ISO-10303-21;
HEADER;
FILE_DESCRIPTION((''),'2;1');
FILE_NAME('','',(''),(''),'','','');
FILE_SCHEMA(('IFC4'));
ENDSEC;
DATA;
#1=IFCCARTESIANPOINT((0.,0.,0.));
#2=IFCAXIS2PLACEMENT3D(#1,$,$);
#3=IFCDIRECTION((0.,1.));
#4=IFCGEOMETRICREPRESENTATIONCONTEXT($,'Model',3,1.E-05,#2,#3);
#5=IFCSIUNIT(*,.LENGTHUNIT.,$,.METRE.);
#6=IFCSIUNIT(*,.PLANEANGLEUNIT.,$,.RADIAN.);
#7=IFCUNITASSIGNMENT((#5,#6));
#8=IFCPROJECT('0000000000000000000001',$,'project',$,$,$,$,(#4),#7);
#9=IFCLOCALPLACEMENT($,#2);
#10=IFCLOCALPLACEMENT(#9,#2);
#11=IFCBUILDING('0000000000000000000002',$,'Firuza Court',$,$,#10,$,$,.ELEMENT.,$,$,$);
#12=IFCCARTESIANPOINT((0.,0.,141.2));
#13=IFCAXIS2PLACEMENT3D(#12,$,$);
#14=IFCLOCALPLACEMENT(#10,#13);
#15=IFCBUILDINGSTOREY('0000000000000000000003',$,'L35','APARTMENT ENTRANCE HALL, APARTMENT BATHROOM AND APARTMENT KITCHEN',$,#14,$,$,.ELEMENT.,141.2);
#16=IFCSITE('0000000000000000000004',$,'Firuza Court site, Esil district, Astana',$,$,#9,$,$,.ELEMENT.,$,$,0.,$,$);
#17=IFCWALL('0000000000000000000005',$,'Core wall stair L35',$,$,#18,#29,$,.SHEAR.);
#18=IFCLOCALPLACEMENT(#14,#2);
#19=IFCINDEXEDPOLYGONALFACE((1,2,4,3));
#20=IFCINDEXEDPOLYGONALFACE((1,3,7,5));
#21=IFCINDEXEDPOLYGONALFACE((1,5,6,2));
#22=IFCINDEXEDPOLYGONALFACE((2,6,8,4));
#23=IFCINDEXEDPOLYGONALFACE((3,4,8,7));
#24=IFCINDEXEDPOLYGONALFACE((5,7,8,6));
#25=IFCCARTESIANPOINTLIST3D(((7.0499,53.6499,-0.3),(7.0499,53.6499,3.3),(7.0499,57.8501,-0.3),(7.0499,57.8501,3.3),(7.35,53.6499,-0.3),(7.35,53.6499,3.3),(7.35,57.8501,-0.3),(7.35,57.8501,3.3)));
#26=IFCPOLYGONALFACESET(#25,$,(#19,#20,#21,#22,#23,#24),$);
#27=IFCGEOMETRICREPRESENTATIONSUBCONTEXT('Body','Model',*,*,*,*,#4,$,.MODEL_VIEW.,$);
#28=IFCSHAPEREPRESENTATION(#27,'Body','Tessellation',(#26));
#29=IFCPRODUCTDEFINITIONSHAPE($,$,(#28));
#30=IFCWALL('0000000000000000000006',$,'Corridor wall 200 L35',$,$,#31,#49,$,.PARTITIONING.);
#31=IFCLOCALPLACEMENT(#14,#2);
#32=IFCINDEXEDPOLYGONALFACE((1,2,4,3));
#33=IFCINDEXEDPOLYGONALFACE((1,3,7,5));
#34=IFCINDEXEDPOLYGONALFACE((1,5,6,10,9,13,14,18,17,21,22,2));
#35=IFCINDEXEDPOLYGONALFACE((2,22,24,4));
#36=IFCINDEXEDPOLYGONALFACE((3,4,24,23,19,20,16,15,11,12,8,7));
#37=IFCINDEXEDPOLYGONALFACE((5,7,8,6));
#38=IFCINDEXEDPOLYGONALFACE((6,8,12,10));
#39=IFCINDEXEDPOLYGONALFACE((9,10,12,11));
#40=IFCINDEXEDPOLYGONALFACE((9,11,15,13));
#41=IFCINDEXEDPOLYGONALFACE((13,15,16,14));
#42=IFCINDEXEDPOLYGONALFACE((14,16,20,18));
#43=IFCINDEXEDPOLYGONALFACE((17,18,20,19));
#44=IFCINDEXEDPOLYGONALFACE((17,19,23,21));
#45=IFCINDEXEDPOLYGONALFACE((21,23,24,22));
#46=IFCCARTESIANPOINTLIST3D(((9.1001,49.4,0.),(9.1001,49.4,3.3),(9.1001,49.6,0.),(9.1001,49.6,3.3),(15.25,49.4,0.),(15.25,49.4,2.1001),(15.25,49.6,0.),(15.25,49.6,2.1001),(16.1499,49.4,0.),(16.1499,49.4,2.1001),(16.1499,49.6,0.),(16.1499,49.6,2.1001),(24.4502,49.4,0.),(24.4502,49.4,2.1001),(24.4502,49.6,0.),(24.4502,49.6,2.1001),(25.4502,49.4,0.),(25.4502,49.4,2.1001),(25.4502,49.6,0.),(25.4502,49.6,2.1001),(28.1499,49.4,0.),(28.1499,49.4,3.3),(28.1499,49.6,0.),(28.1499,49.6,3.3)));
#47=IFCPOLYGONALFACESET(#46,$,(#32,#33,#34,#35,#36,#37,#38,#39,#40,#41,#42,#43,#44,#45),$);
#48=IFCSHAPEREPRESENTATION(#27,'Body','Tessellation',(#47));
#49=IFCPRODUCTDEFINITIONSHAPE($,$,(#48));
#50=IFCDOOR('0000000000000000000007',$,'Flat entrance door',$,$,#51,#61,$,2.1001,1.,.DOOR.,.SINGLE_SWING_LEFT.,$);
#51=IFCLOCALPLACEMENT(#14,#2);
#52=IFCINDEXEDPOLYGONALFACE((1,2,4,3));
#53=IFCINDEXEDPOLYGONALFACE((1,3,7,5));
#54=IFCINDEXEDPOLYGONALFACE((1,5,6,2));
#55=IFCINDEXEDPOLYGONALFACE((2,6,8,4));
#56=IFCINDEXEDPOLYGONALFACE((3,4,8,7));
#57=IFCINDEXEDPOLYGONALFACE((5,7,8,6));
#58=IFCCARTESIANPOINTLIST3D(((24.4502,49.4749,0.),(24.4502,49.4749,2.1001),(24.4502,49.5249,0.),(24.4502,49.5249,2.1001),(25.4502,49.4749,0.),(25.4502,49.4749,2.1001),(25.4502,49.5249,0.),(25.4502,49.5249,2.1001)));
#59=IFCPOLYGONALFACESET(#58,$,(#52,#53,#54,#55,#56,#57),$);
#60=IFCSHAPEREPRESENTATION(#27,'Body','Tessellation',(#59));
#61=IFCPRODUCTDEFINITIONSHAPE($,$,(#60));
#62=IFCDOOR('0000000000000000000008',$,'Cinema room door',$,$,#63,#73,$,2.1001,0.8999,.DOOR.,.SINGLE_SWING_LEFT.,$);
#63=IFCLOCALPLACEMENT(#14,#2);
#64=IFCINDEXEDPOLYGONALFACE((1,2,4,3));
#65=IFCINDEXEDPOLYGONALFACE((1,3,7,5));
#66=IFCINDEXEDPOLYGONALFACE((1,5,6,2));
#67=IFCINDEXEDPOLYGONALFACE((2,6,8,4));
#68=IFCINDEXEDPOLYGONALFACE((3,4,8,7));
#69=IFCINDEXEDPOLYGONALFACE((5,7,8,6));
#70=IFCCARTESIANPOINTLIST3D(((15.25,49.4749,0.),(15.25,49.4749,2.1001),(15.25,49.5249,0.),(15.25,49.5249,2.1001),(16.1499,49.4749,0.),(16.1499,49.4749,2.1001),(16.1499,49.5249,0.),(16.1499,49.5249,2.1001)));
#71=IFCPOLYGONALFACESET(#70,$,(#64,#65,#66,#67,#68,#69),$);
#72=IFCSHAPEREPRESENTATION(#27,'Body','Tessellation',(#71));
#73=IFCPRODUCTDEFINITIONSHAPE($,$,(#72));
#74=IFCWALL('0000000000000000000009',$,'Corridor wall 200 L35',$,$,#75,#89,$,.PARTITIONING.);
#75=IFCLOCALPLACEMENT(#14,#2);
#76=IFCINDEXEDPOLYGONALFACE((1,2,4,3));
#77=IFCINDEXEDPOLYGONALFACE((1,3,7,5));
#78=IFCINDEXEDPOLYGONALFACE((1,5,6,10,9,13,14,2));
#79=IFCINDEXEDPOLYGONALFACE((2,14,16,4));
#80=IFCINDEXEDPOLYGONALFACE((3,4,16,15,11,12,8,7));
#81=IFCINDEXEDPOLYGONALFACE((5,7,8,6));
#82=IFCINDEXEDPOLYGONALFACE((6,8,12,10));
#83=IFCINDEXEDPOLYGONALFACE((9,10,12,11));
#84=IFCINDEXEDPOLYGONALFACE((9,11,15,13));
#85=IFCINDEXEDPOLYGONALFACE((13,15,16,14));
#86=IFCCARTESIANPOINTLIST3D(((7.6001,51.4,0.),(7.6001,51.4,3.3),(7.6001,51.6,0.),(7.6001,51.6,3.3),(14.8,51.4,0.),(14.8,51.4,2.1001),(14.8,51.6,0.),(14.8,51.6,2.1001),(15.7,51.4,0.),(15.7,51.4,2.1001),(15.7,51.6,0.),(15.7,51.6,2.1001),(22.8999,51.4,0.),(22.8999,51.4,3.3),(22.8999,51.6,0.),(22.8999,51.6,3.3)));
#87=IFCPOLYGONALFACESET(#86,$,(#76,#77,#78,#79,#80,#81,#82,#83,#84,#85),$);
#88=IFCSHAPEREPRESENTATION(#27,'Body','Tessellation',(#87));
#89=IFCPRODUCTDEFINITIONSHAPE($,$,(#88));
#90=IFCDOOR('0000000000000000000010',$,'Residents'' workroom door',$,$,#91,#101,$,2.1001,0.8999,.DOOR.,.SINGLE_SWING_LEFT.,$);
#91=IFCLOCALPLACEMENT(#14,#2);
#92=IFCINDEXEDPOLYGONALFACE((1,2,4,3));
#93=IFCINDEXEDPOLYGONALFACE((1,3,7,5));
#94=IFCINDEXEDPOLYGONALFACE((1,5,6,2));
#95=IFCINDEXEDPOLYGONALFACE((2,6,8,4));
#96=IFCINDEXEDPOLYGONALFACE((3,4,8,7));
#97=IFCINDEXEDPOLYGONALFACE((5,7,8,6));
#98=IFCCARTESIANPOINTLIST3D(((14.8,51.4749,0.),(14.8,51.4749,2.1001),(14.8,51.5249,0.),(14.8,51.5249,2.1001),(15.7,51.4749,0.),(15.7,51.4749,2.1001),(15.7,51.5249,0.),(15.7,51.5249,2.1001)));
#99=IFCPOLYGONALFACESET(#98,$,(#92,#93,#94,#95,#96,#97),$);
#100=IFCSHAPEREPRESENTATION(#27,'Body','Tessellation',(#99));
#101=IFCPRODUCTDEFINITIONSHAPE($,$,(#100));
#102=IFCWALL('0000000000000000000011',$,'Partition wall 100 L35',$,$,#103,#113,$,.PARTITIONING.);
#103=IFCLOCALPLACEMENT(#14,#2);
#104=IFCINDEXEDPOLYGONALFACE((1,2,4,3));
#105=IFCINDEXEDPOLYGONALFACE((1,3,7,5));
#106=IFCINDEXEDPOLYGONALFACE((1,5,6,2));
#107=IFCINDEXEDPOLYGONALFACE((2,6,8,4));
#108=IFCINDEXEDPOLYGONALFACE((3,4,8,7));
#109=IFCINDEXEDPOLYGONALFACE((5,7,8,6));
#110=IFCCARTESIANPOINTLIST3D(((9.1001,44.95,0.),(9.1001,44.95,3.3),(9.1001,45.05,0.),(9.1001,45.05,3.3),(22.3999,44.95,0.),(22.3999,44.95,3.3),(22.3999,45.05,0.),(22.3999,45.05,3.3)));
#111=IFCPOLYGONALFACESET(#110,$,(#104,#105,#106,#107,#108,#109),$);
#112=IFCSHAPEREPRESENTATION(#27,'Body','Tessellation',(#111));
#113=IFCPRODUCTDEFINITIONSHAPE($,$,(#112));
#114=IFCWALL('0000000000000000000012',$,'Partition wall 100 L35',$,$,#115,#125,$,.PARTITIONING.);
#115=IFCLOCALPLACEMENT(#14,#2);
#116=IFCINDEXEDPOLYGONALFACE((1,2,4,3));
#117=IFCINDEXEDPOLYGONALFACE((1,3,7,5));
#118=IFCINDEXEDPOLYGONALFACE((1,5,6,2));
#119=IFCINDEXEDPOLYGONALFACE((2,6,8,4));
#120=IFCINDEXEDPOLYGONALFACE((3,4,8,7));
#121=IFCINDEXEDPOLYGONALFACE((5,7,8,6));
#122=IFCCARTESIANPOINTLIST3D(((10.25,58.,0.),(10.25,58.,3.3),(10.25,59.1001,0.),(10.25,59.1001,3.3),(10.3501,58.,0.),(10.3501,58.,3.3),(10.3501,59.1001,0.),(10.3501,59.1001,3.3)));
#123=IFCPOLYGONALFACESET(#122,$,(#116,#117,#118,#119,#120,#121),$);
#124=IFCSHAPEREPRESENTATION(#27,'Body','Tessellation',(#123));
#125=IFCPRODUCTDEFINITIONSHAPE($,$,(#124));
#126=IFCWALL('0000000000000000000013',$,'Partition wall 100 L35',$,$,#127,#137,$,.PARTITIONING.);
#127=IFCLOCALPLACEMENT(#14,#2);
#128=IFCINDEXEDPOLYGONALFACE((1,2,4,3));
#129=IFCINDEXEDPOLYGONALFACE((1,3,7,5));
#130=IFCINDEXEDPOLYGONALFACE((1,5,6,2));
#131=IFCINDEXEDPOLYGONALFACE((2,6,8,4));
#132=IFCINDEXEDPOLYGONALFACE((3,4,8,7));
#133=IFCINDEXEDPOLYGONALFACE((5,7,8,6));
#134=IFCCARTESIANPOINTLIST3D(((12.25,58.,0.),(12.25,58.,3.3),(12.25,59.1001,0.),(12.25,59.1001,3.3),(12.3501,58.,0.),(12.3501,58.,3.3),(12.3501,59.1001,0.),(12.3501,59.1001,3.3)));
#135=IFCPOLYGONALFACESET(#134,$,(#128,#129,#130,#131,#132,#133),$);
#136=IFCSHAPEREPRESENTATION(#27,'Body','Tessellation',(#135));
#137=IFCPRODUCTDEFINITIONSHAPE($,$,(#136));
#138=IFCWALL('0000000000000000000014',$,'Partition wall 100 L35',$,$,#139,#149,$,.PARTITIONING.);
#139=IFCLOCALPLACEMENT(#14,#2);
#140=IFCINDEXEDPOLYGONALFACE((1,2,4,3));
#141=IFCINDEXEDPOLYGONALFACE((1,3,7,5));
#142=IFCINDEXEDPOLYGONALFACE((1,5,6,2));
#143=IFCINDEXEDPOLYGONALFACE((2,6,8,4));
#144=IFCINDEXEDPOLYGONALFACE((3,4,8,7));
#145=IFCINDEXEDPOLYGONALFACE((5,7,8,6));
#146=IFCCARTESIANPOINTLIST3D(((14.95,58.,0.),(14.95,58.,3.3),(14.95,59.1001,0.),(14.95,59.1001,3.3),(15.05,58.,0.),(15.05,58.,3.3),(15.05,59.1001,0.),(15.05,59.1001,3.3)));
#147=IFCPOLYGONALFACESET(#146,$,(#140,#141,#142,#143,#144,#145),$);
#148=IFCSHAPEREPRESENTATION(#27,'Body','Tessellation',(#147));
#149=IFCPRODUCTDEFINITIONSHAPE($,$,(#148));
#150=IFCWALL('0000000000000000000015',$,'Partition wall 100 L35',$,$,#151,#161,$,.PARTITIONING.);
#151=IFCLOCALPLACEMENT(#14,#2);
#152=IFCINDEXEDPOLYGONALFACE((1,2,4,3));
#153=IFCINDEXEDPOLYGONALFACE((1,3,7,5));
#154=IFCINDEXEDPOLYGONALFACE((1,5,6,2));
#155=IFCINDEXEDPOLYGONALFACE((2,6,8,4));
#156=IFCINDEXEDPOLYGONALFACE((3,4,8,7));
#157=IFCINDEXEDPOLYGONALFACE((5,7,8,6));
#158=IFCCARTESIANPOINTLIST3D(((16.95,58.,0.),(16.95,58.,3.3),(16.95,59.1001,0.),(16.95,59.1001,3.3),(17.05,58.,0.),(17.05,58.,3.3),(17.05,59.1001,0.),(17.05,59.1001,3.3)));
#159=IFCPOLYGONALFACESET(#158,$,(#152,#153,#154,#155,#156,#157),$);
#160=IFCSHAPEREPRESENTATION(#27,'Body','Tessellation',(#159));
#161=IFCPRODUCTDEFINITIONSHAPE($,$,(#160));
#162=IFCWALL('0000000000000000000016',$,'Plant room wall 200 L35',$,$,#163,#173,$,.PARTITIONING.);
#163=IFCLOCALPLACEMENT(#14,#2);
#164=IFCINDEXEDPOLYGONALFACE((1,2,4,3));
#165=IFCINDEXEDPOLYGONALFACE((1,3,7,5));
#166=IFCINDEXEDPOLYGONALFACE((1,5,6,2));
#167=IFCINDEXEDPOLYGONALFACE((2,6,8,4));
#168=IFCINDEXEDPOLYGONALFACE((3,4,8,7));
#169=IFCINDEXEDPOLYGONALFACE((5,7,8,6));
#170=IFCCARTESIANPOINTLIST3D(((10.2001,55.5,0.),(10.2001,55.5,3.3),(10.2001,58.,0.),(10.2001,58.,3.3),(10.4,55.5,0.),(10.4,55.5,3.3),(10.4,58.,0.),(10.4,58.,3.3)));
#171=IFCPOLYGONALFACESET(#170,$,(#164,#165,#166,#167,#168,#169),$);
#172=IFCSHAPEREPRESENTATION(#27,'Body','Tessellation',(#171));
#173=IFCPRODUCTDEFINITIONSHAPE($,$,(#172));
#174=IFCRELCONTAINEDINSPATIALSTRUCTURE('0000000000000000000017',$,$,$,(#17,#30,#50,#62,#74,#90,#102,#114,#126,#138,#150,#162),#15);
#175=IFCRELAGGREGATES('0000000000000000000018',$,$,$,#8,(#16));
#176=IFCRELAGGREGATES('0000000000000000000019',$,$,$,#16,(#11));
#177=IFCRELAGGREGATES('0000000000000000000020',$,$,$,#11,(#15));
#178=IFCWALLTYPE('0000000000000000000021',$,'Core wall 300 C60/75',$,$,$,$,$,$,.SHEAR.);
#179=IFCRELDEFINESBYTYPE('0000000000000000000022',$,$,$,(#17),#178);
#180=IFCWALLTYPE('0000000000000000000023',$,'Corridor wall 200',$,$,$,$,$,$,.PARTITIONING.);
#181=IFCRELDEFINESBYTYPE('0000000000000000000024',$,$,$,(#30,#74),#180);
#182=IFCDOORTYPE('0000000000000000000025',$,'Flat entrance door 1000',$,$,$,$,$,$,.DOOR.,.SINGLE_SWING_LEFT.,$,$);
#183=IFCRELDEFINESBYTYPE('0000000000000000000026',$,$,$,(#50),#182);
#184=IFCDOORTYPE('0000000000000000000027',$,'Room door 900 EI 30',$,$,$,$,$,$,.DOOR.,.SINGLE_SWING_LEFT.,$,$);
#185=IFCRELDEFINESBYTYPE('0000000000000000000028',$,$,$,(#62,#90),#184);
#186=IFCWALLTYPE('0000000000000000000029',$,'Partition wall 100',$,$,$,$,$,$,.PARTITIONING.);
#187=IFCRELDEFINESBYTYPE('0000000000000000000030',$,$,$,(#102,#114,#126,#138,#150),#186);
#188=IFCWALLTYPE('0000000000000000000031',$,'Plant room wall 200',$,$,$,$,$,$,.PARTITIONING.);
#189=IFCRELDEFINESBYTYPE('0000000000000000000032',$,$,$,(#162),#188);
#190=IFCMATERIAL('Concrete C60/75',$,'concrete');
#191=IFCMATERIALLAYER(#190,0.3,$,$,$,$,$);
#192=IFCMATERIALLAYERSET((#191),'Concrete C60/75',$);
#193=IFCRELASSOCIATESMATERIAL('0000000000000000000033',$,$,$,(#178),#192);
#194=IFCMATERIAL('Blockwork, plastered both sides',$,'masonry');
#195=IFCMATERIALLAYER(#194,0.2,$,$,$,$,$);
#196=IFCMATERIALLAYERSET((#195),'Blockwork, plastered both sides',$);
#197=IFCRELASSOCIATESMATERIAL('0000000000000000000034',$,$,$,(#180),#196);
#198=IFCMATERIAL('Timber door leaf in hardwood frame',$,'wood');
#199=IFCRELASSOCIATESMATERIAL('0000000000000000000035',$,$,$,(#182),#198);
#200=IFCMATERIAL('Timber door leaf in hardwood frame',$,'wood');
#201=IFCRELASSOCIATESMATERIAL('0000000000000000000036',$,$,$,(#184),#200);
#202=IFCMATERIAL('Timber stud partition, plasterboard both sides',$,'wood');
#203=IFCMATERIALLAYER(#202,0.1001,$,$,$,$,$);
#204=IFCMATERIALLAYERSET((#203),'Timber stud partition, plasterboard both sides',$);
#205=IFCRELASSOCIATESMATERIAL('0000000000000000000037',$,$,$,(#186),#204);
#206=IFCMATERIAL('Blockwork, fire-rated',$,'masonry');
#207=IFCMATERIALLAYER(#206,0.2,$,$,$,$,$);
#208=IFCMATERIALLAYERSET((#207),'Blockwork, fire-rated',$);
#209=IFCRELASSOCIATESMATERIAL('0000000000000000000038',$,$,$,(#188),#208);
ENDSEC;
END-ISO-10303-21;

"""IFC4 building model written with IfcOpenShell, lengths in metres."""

from ifc_helpers import new_model, si_unit, direction, frame, frame_2d, origin, place, context, subcontext, project, spatial, rectangle, extrude, material, layer, layer_set, type_object, element, fill, save


model = new_model("IFC4")

# Units and contexts
model_context = context("Model", 3, precision=1e-05, world=origin(), true_north=direction((0.0, 1.0)))
body_context = subcontext(model_context, "Body", "Model", "MODEL_VIEW")
ifc_project = project(units=[si_unit("LENGTHUNIT", "METRE"), si_unit("PLANEANGLEUNIT", "RADIAN")], contexts=[model_context])

# Site, building, storey
site_placement = place(None, origin())
site = spatial("IfcSite", under=ifc_project, at=site_placement, Name="Firuza Court site, Esil district, Astana", CompositionType="ELEMENT", RefElevation=0.0)
building_placement = place(site_placement, origin())
building = spatial("IfcBuilding", under=site, at=building_placement, Name="Firuza Court", CompositionType="ELEMENT")
storey_placement = place(building_placement, frame((0.0, 0.0, 141.2)))
storey = spatial("IfcBuildingStorey", under=building, at=storey_placement, Name="L35", Description="APARTMENT ENTRANCE HALL, APARTMENT BATHROOM AND APARTMENT KITCHEN", CompositionType="ELEMENT", Elevation=141.2)

# Wall
ifc_material_1 = material(Name="Concrete C60/75", Category="concrete")
ifc_layer_1 = layer(ifc_material_1, 0.3)
ifc_layer_set_1 = layer_set([ifc_layer_1], Name="Concrete C60/75")
wall_type_1 = type_object("IfcWallType", Name="Core wall 300 C60/75", PredefinedType="SHEAR", material=ifc_layer_set_1)
wall_1_placement = place(storey_placement, frame((7.2, 53.6499, -0.3), z_axis=(0.0, 0.0, 1.0), x_axis=(0.0, 1.0, 0.0)))
element("IfcWall", 1, at=wall_1_placement, inside=storey, type_object=wall_type_1, Name="Core wall stair L35", PredefinedType="SHEAR", context=body_context, shape_type="SweptSolid", body=[
    extrude(rectangle(XDim=4.2002, YDim=0.3, at=frame_2d((2.1001, 0.0))), origin(), (0.0, 0.0, 1.0), 3.6001),
])

# Wall, openings, doors
ifc_material_2 = material(Name="Blockwork, plastered both sides", Category="masonry")
ifc_layer_2 = layer(ifc_material_2, 0.2)
ifc_layer_set_2 = layer_set([ifc_layer_2], Name="Blockwork, plastered both sides")
wall_type_2 = type_object("IfcWallType", Name="Corridor wall 200", PredefinedType="PARTITIONING", material=ifc_layer_set_2)
wall_2_placement = place(storey_placement, frame((9.1001, 49.5, 0.0), z_axis=(0.0, 0.0, 1.0), x_axis=(1.0, 0.0, 0.0)))
wall_2 = element("IfcWall", 2, at=wall_2_placement, inside=storey, type_object=wall_type_2, Name="Corridor wall 200 L35", PredefinedType="PARTITIONING", context=body_context, shape_type="SweptSolid", body=[
    extrude(rectangle(XDim=19.0498, YDim=0.2, at=frame_2d((9.5249, 0.0))), origin(), (0.0, 0.0, 1.0), 3.3),
])
opening_1_placement = place(wall_2_placement, frame((15.3501, 0.0, 0.0)))
opening_1 = element("IfcOpeningElement", 3, at=opening_1_placement, cuts=wall_2, PredefinedType="OPENING", context=body_context, shape_type="SweptSolid", body=[
    extrude(rectangle(XDim=1.0, YDim=2.1001, at=frame_2d((0.5, 1.05))), frame((0.0, 0.1118, 0.0), z_axis=(0.0, -1.0, 0.0), x_axis=(1.0, 0.0, 0.0)), (0.0, 0.0, 1.0), 0.2239),
])
opening_2_placement = place(wall_2_placement, frame((6.1499, 0.0, 0.0)))
opening_2 = element("IfcOpeningElement", 4, at=opening_2_placement, cuts=wall_2, PredefinedType="OPENING", context=body_context, shape_type="SweptSolid", body=[
    extrude(rectangle(XDim=0.8999, YDim=2.1001, at=frame_2d((0.45, 1.05))), frame((0.0, 0.1118, 0.0), z_axis=(0.0, -1.0, 0.0), x_axis=(1.0, 0.0, 0.0)), (0.0, 0.0, 1.0), 0.2239),
])
ifc_material_3 = material(Name="Timber door leaf in hardwood frame", Category="wood")
door_type_1 = type_object("IfcDoorType", Name="Flat entrance door 1000", OperationType="SINGLE_SWING_LEFT", PredefinedType="DOOR", material=ifc_material_3)
door_1_placement = place(opening_1_placement, origin())
door_1 = element("IfcDoor", 5, at=door_1_placement, inside=storey, type_object=door_type_1, Name="Flat entrance door", OperationType="SINGLE_SWING_LEFT", OverallHeight=2.1001, OverallWidth=1.0, PredefinedType="DOOR", context=body_context, shape_type="SweptSolid", body=[
    extrude(rectangle(XDim=1.0, YDim=2.1001, at=frame_2d((0.5, 1.05))), frame((0.0, 0.0249, 0.0), z_axis=(0.0, -1.0, 0.0), x_axis=(1.0, 0.0, 0.0)), (0.0, 0.0, 1.0), 0.05),
])
fill(opening_1, door_1)
ifc_material_4 = material(Name="Timber door leaf in hardwood frame", Category="wood")
door_type_2 = type_object("IfcDoorType", Name="Room door 900 EI 30", OperationType="SINGLE_SWING_LEFT", PredefinedType="DOOR", material=ifc_material_4)
door_2_placement = place(opening_2_placement, origin())
door_2 = element("IfcDoor", 6, at=door_2_placement, inside=storey, type_object=door_type_2, Name="Cinema room door", OperationType="SINGLE_SWING_LEFT", OverallHeight=2.1001, OverallWidth=0.8999, PredefinedType="DOOR", context=body_context, shape_type="SweptSolid", body=[
    extrude(rectangle(XDim=0.8999, YDim=2.1001, at=frame_2d((0.45, 1.05))), frame((0.0, 0.0249, 0.0), z_axis=(0.0, -1.0, 0.0), x_axis=(1.0, 0.0, 0.0)), (0.0, 0.0, 1.0), 0.05),
])
fill(opening_2, door_2)

# Wall, opening, door
wall_3_placement = place(storey_placement, frame((7.6001, 51.5, 0.0), z_axis=(0.0, 0.0, 1.0), x_axis=(1.0, 0.0, 0.0)))
wall_3 = element("IfcWall", 7, at=wall_3_placement, inside=storey, type_object=wall_type_2, Name="Corridor wall 200 L35", PredefinedType="PARTITIONING", context=body_context, shape_type="SweptSolid", body=[
    extrude(rectangle(XDim=15.2998, YDim=0.2, at=frame_2d((7.6499, 0.0))), origin(), (0.0, 0.0, 1.0), 3.3),
])
opening_3_placement = place(wall_3_placement, frame((7.2, 0.0, 0.0)))
opening_3 = element("IfcOpeningElement", 8, at=opening_3_placement, cuts=wall_3, PredefinedType="OPENING", context=body_context, shape_type="SweptSolid", body=[
    extrude(rectangle(XDim=0.8999, YDim=2.1001, at=frame_2d((0.45, 1.05))), frame((0.0, 0.1118, 0.0), z_axis=(0.0, -1.0, 0.0), x_axis=(1.0, 0.0, 0.0)), (0.0, 0.0, 1.0), 0.2239),
])
door_3_placement = place(opening_3_placement, origin())
door_3 = element("IfcDoor", 9, at=door_3_placement, inside=storey, type_object=door_type_2, Name="Residents' workroom door", OperationType="SINGLE_SWING_LEFT", OverallHeight=2.1001, OverallWidth=0.8999, PredefinedType="DOOR", context=body_context, shape_type="SweptSolid", body=[
    extrude(rectangle(XDim=0.8999, YDim=2.1001, at=frame_2d((0.45, 1.05))), frame((0.0, 0.0249, 0.0), z_axis=(0.0, -1.0, 0.0), x_axis=(1.0, 0.0, 0.0)), (0.0, 0.0, 1.0), 0.05),
])
fill(opening_3, door_3)

# Walls
ifc_material_5 = material(Name="Timber stud partition, plasterboard both sides", Category="wood")
ifc_layer_3 = layer(ifc_material_5, 0.1001)
ifc_layer_set_3 = layer_set([ifc_layer_3], Name="Timber stud partition, plasterboard both sides")
wall_type_3 = type_object("IfcWallType", Name="Partition wall 100", PredefinedType="PARTITIONING", material=ifc_layer_set_3)
wall_4_placement = place(storey_placement, frame((9.1001, 45.0, 0.0), z_axis=(0.0, 0.0, 1.0), x_axis=(1.0, 0.0, 0.0)))
element("IfcWall", 10, at=wall_4_placement, inside=storey, type_object=wall_type_3, Name="Partition wall 100 L35", PredefinedType="PARTITIONING", context=body_context, shape_type="SweptSolid", body=[
    extrude(rectangle(XDim=13.2998, YDim=0.1001, at=frame_2d((6.6499, 0.0))), origin(), (0.0, 0.0, 1.0), 3.3),
])
for number, where, z_axis, x_axis, name in (
    (11, (10.3, 58.0, 0.0), (0.0, 0.0, 1.0), (0.0, 1.0, 0.0), "Partition wall 100 L35"),
    (12, (12.3, 58.0, 0.0), (0.0, 0.0, 1.0), (0.0, 1.0, 0.0), "Partition wall 100 L35"),
    (13, (15.0, 58.0, 0.0), (0.0, 0.0, 1.0), (0.0, 1.0, 0.0), "Partition wall 100 L35"),
    (14, (17.0, 58.0, 0.0), (0.0, 0.0, 1.0), (0.0, 1.0, 0.0), "Partition wall 100 L35"),
):
    element("IfcWall", number, at=place(storey_placement, frame(where, z_axis=z_axis, x_axis=x_axis)), inside=storey, type_object=wall_type_3, Name=name, PredefinedType="PARTITIONING", context=body_context, shape_type="SweptSolid", body=[
        extrude(rectangle(XDim=1.1001, YDim=0.1001, at=frame_2d((0.55, 0.0))), origin(), (0.0, 0.0, 1.0), 3.3),
    ])
ifc_material_6 = material(Name="Blockwork, fire-rated", Category="masonry")
ifc_layer_4 = layer(ifc_material_6, 0.2)
ifc_layer_set_4 = layer_set([ifc_layer_4], Name="Blockwork, fire-rated")
wall_type_4 = type_object("IfcWallType", Name="Plant room wall 200", PredefinedType="PARTITIONING", material=ifc_layer_set_4)
wall_5_placement = place(storey_placement, frame((10.3, 55.5, 0.0), z_axis=(0.0, 0.0, 1.0), x_axis=(0.0, 1.0, 0.0)))
element("IfcWall", 15, at=wall_5_placement, inside=storey, type_object=wall_type_4, Name="Plant room wall 200 L35", PredefinedType="PARTITIONING", context=body_context, shape_type="SweptSolid", body=[
    extrude(rectangle(XDim=2.5, YDim=0.2, at=frame_2d((1.25, 0.0))), origin(), (0.0, 0.0, 1.0), 3.3),
])

save(model, "model.ifc")
